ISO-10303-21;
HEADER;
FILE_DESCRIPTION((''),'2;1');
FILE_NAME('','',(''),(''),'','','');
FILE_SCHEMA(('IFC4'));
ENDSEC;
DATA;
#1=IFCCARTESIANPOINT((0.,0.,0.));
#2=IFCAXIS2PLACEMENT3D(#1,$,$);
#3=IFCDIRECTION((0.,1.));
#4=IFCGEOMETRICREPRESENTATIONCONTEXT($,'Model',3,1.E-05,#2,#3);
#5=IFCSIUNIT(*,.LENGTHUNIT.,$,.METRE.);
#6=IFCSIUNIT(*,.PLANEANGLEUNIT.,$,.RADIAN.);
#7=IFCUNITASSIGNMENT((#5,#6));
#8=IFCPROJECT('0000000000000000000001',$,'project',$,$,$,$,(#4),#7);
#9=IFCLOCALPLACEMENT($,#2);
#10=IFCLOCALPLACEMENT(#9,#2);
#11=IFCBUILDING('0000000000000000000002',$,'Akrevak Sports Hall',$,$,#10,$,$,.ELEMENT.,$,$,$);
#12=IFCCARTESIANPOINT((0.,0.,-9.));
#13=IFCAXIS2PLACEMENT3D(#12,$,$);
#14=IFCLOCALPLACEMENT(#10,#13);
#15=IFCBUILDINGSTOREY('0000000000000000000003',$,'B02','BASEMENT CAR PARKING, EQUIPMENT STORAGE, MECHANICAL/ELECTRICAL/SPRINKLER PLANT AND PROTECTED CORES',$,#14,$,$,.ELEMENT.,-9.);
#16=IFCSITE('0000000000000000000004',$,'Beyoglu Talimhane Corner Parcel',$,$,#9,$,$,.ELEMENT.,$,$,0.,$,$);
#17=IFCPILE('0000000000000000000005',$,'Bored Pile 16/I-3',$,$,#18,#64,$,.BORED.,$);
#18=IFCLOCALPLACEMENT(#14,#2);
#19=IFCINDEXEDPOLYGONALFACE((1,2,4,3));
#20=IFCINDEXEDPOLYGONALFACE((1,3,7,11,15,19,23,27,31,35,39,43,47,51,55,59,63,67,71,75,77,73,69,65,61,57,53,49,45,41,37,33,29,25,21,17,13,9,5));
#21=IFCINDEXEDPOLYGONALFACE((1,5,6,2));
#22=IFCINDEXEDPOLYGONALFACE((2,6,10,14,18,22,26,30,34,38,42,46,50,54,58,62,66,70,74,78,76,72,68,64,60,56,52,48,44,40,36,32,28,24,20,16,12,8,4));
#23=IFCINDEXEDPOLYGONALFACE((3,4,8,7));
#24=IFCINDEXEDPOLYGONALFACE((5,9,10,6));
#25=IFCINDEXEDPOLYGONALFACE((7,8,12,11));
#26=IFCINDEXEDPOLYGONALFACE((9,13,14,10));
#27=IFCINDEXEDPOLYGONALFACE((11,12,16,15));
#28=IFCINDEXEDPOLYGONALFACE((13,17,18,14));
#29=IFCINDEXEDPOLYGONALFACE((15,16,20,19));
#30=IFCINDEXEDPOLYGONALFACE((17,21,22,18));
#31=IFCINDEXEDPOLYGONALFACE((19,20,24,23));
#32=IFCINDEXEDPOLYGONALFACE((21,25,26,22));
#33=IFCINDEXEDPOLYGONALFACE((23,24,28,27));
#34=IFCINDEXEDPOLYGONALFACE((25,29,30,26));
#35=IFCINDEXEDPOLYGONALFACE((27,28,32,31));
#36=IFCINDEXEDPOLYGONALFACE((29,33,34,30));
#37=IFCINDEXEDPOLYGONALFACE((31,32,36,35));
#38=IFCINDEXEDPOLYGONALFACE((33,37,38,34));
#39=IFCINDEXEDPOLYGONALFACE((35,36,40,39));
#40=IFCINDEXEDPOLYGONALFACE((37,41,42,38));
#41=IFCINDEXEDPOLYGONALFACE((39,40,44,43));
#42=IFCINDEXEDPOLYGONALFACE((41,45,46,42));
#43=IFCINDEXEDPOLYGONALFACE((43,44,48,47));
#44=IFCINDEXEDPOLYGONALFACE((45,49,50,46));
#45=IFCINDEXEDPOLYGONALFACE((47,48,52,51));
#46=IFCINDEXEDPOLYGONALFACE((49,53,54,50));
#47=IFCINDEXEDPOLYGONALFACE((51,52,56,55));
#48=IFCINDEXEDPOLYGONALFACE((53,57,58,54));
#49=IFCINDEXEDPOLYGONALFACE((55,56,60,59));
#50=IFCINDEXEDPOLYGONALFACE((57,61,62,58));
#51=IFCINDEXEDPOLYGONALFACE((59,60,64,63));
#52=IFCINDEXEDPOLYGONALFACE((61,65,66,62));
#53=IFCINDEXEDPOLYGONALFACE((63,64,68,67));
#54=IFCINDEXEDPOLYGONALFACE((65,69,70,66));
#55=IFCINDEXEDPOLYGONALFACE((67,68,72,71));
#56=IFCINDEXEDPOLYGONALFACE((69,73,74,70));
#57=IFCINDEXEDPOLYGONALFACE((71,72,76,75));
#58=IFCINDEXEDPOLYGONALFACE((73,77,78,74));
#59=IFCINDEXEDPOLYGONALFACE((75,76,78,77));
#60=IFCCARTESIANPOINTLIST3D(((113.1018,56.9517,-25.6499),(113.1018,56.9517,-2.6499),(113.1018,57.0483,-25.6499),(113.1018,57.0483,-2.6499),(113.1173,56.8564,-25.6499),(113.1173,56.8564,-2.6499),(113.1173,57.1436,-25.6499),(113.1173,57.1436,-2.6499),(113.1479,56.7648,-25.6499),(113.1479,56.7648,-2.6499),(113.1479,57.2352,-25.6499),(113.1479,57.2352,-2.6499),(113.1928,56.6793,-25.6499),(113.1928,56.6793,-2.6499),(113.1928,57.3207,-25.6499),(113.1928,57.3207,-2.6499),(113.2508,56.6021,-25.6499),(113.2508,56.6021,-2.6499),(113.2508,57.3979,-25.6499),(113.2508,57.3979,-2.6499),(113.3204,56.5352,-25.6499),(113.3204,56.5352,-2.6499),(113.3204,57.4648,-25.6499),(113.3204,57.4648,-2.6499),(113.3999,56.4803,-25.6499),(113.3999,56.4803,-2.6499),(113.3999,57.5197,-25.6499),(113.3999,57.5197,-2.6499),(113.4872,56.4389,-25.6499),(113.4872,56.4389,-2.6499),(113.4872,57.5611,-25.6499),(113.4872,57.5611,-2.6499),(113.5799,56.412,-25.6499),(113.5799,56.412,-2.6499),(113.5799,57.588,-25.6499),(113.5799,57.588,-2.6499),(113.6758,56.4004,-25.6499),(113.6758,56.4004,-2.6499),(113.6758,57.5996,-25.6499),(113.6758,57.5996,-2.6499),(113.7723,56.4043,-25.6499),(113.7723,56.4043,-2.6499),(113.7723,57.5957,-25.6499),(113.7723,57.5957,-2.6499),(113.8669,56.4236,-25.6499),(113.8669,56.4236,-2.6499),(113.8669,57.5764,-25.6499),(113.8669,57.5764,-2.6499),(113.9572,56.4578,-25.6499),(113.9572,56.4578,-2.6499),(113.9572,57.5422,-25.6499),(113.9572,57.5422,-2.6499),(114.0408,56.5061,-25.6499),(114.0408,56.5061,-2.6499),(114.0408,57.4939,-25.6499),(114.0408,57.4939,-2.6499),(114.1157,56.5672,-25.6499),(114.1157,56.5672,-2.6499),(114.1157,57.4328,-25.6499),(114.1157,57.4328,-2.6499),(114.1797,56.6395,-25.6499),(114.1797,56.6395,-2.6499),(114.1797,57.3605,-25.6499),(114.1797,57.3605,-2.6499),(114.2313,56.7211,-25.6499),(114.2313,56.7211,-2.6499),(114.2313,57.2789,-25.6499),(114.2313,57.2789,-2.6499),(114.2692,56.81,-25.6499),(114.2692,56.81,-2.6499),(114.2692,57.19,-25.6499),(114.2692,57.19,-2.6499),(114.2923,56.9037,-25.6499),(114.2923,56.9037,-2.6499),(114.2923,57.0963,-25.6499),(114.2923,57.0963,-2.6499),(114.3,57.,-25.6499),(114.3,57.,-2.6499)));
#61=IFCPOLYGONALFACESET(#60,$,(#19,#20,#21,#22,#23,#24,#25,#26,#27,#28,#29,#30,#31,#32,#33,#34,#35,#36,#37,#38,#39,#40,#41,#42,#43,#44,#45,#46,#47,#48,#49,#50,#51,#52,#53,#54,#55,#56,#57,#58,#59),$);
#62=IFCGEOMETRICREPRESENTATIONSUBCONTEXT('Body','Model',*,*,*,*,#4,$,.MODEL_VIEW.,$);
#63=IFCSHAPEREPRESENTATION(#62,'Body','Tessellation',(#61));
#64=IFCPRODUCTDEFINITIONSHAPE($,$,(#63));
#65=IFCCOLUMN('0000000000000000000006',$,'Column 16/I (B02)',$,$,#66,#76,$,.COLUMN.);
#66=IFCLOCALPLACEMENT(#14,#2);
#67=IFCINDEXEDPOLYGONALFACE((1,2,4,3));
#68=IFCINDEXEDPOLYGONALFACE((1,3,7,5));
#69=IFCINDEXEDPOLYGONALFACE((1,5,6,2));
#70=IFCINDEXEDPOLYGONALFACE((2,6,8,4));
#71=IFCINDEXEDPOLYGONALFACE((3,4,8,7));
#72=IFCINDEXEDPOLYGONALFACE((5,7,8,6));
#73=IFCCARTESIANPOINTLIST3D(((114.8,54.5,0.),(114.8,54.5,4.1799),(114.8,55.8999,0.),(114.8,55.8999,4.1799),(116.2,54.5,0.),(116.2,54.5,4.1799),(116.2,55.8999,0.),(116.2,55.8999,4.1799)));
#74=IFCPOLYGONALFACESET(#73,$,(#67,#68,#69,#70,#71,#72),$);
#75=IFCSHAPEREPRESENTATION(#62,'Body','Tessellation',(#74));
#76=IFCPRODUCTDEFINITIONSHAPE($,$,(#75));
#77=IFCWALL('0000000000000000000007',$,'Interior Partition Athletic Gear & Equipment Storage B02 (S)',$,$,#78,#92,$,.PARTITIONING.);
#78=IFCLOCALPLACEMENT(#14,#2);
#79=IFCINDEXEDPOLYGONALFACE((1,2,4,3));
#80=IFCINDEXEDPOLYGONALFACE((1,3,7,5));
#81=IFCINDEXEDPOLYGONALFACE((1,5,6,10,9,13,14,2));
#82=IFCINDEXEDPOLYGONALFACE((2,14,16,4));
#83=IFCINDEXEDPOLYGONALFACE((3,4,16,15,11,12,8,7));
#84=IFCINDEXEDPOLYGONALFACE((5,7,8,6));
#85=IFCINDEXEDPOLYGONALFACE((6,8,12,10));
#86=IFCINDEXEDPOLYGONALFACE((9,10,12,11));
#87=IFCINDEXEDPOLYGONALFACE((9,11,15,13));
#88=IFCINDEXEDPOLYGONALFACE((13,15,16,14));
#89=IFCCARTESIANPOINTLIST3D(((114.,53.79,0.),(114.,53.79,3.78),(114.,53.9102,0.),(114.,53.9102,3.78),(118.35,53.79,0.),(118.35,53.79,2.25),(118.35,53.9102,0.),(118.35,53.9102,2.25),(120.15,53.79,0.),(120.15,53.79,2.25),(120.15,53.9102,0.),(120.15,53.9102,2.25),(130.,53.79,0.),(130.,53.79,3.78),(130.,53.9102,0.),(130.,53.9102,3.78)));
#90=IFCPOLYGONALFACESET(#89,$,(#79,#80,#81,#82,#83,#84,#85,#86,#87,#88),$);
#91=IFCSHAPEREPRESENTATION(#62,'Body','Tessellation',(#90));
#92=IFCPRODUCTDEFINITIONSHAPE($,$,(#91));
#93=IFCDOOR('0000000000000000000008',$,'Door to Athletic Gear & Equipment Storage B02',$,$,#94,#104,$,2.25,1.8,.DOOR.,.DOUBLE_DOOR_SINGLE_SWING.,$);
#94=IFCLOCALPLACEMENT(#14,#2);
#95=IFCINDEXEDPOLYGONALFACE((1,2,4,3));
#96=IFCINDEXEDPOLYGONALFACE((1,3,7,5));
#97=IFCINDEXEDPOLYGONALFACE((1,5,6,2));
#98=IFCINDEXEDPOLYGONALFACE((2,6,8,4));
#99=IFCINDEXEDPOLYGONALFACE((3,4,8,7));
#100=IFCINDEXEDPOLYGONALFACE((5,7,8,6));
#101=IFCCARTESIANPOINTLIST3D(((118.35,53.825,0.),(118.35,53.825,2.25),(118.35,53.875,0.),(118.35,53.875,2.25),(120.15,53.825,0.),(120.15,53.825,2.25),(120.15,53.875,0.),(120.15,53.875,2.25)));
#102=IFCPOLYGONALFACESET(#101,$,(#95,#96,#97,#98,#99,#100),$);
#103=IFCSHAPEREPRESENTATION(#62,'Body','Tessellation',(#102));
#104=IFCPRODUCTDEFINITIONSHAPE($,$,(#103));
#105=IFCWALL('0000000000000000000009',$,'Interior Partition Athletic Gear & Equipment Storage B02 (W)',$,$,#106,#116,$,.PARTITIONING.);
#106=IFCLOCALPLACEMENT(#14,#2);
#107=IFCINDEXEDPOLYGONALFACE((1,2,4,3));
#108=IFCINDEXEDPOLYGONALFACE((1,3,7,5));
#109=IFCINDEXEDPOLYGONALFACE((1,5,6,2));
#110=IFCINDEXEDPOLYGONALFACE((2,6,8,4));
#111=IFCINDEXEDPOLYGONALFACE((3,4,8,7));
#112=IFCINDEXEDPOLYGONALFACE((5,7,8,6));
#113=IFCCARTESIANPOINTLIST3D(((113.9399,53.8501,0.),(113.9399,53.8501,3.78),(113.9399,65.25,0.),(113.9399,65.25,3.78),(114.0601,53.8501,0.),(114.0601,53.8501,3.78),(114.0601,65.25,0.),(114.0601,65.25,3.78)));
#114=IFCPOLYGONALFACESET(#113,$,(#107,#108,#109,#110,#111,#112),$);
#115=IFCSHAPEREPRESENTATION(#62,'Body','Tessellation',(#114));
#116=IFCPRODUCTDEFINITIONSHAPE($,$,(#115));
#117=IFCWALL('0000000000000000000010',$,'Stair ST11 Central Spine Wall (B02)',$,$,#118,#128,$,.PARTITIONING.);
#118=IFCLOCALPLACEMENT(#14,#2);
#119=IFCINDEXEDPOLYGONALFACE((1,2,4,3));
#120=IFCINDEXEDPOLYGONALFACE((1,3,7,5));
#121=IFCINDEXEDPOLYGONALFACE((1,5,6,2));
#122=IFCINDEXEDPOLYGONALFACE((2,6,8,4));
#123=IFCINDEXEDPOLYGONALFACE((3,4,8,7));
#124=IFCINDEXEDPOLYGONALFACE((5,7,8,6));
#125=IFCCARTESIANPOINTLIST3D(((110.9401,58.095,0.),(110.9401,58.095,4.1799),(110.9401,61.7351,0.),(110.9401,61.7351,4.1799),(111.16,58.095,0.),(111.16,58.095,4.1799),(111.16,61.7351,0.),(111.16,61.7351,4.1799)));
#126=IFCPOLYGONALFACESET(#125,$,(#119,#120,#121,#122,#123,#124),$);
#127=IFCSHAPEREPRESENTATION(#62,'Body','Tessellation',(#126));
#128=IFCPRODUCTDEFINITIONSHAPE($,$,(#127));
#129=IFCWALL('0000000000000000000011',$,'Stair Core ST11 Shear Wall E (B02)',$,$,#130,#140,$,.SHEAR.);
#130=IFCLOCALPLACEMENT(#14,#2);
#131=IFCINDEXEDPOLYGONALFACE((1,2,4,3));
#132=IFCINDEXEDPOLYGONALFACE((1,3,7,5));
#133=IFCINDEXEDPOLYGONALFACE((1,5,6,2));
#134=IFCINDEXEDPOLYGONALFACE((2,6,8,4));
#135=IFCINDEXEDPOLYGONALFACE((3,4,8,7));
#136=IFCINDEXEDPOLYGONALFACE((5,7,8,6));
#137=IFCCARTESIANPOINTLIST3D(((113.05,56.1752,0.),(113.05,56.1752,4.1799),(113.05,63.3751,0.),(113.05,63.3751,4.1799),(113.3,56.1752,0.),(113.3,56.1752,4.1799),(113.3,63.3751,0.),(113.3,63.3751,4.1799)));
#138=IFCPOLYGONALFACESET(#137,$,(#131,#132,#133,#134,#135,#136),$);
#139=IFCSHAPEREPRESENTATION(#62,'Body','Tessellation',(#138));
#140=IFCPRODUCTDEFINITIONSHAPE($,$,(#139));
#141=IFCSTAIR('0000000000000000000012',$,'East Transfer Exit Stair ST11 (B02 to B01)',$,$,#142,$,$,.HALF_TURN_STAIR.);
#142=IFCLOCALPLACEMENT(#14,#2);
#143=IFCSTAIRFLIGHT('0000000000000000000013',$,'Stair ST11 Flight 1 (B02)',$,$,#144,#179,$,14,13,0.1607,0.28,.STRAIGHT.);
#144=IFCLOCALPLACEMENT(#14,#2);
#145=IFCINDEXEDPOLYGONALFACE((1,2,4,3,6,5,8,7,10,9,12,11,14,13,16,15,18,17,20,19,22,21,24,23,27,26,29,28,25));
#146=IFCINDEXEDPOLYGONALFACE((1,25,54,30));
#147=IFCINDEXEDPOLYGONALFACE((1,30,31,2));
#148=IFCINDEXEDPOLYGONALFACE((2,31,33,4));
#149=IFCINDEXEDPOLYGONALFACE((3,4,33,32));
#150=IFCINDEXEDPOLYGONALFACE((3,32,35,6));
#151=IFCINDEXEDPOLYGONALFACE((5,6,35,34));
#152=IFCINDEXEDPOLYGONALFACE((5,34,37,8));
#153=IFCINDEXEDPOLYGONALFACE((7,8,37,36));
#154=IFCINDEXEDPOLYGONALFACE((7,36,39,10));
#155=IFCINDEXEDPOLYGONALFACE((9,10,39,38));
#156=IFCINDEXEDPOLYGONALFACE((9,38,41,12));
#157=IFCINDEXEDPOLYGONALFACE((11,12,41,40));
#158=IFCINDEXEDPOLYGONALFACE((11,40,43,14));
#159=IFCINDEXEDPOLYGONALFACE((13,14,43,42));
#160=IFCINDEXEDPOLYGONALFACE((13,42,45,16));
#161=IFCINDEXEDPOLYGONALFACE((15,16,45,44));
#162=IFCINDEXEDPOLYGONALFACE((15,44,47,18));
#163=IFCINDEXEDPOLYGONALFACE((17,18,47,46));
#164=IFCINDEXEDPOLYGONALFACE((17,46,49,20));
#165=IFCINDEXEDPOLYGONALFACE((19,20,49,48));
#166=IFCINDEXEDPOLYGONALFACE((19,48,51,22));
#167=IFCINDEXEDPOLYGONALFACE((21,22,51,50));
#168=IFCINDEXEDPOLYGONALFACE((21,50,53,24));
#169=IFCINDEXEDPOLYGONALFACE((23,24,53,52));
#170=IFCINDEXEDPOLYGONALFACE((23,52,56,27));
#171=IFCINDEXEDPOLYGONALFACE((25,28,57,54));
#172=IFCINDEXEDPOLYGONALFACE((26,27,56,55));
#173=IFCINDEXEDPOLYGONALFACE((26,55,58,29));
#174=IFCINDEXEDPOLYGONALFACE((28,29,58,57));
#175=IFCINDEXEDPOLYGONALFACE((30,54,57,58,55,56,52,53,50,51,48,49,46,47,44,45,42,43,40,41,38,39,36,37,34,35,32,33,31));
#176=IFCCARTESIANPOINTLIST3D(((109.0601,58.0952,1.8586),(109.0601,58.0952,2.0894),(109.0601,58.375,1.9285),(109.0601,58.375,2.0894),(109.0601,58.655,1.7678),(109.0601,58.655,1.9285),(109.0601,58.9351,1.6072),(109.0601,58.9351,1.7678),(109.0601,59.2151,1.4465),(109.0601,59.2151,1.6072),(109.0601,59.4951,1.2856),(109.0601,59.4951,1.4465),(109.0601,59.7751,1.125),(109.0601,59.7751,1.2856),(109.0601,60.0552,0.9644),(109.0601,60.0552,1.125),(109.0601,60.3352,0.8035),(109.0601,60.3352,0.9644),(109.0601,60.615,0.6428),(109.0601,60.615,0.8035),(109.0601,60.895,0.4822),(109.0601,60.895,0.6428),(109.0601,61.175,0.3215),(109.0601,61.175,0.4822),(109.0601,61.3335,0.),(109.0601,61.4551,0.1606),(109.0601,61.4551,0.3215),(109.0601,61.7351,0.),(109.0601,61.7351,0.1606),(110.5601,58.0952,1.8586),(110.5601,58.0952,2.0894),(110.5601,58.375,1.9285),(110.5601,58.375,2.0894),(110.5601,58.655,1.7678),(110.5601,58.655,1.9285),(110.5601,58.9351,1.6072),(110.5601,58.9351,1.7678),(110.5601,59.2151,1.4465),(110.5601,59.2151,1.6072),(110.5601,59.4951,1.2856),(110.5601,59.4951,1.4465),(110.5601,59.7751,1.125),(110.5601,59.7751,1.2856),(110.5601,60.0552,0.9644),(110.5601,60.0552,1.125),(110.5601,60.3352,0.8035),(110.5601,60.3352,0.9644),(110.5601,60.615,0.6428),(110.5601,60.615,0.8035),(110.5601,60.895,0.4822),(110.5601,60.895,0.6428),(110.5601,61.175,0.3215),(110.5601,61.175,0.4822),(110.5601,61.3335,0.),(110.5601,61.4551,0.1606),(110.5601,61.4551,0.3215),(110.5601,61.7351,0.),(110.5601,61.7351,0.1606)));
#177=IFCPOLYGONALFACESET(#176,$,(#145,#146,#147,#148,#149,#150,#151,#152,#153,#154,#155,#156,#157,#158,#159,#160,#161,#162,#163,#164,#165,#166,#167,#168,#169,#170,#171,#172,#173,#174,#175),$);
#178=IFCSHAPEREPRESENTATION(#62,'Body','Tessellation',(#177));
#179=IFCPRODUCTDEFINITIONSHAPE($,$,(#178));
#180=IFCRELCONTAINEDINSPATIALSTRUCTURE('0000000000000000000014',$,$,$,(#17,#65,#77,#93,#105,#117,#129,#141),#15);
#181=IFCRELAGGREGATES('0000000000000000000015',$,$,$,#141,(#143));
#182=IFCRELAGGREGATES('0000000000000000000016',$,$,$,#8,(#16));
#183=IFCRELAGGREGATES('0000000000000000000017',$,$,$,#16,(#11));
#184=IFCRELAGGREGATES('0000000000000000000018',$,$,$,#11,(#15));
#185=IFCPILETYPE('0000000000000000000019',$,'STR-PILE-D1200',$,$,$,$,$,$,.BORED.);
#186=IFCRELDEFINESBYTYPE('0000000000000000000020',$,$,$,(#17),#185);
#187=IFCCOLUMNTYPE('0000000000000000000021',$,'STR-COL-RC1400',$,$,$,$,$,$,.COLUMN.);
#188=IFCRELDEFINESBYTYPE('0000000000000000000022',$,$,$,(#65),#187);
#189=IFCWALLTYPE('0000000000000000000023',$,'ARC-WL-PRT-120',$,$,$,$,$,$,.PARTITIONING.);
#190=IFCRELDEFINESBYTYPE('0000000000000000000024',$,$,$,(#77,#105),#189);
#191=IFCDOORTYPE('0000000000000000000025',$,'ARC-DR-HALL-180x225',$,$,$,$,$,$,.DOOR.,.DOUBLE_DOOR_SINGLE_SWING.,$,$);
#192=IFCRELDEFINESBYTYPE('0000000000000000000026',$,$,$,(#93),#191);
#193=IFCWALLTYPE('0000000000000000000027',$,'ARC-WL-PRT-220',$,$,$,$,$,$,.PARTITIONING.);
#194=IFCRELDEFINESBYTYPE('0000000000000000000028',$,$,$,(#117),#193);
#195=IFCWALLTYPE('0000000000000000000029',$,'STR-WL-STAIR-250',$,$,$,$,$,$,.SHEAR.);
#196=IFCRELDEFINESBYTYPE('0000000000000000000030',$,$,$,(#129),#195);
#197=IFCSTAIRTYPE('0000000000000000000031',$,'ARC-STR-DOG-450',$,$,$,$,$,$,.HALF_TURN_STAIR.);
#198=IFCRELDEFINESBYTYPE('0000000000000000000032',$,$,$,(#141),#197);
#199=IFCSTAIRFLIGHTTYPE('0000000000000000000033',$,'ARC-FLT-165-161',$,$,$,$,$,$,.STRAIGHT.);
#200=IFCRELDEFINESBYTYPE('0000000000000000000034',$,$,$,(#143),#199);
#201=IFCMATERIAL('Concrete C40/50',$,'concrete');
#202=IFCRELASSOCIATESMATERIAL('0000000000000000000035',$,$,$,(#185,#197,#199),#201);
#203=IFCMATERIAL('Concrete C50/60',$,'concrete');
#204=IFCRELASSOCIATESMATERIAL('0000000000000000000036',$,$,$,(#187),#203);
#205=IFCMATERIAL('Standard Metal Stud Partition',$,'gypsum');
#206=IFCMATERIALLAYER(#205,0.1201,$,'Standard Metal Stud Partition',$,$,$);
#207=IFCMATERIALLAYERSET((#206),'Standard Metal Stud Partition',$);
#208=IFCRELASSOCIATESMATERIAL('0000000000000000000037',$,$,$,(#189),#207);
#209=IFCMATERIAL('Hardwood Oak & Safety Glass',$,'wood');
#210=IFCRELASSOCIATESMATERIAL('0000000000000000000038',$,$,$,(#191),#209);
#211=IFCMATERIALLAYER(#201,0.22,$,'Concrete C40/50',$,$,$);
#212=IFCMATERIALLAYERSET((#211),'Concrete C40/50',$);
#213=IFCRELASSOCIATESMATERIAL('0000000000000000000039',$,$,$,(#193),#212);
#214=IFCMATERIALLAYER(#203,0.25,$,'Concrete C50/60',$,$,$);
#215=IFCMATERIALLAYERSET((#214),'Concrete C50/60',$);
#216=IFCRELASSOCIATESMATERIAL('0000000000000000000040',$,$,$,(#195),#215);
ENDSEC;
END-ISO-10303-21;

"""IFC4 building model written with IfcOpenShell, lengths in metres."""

from ifc_helpers import new_model, si_unit, direction, frame, frame_2d, origin, origin_2d, place, context, subcontext, project, spatial, polyline, rectangle, circle, outline, extrude, material, layer, layer_set, material_profile, profile_set, type_object, element, fill, aggregate, save


model = new_model("IFC4")

# Units and contexts
model_context = context("Model", 3, precision=1e-05, world=origin(), true_north=direction((0.0, 1.0)))
body_context = subcontext(model_context, "Body", "Model", "MODEL_VIEW")
ifc_project = project(units=[si_unit("LENGTHUNIT", "METRE"), si_unit("PLANEANGLEUNIT", "RADIAN")], contexts=[model_context])

# Site, building, storey
site_placement = place(None, origin())
site = spatial("IfcSite", under=ifc_project, at=site_placement, Name="Beyoglu Talimhane Corner Parcel", CompositionType="ELEMENT", RefElevation=0.0)
building_placement = place(site_placement, origin())
building = spatial("IfcBuilding", under=site, at=building_placement, Name="Akrevak Sports Hall", CompositionType="ELEMENT")
storey_placement = place(building_placement, frame((0.0, 0.0, -9.0)))
storey = spatial("IfcBuildingStorey", under=building, at=storey_placement, Name="B02", Description="BASEMENT CAR PARKING, EQUIPMENT STORAGE, MECHANICAL/ELECTRICAL/SPRINKLER PLANT AND PROTECTED CORES", CompositionType="ELEMENT", Elevation=-9.0)

# Shared definitions
ifc_material_1 = material(Name="Concrete C40/50", Category="concrete")

# Pile
ifc_material_profile_1 = material_profile(ifc_material_1, circle(Radius=0.6001, at=origin_2d()), Name="BORED PILE D1200", Category="concrete")
ifc_profile_set_1 = profile_set([ifc_material_profile_1], Name="Concrete C40/50")
pile_type_1 = type_object("IfcPileType", Name="STR-PILE-D1200", PredefinedType="BORED", material=ifc_profile_set_1)
for number, where, z_axis, x_axis, name in (
    (1, (113.7, 57.0, -2.6499), (0.0, 0.0, -1.0), (1.0, 0.0, 0.0), "Bored Pile 16/I-3"),
):
    element("IfcPile", number, at=place(storey_placement, frame(where, z_axis=z_axis, x_axis=x_axis)), inside=storey, type_object=pile_type_1, Name=name, PredefinedType="BORED", context=body_context, shape_type="SweptSolid", body=[
        extrude(circle(Radius=0.6001, at=origin_2d()), origin(), (0.0, 0.0, 1.0), 23.0),
    ])

# Column
ifc_material_2 = material(Name="Concrete C50/60", Category="concrete")
ifc_material_profile_2 = material_profile(ifc_material_2, rectangle(XDim=1.3999, YDim=1.3999, at=origin_2d()), Name="RC 1400x1400", Category="concrete")
ifc_profile_set_2 = profile_set([ifc_material_profile_2], Name="Concrete C50/60")
column_type = type_object("IfcColumnType", Name="STR-COL-RC1400", PredefinedType="COLUMN", material=ifc_profile_set_2)
column_placement = place(storey_placement, frame((115.5, 55.2, 0.0), z_axis=(0.0, 0.0, 1.0), x_axis=(1.0, 0.0, 0.0)))
element("IfcColumn", 2, at=column_placement, inside=storey, type_object=column_type, Name="Column 16/I (B02)", PredefinedType="COLUMN", context=body_context, shape_type="SweptSolid", body=[
    extrude(rectangle(XDim=1.3999, YDim=1.3999, at=origin_2d()), origin(), (0.0, 0.0, 1.0), 4.1799),
])

# Wall, opening, door
ifc_material_3 = material(Name="Standard Metal Stud Partition", Category="gypsum")
ifc_layer_1 = layer(ifc_material_3, 0.1201, Name="Standard Metal Stud Partition")
ifc_layer_set_1 = layer_set([ifc_layer_1], Name="Standard Metal Stud Partition")
wall_type_1 = type_object("IfcWallType", Name="ARC-WL-PRT-120", PredefinedType="PARTITIONING", material=ifc_layer_set_1)
wall_1_placement = place(storey_placement, frame((114.0, 53.8501, 0.0), z_axis=(0.0, 0.0, 1.0), x_axis=(1.0, 0.0, 0.0)))
wall_1 = element("IfcWall", 3, at=wall_1_placement, inside=storey, type_object=wall_type_1, Name="Interior Partition Athletic Gear & Equipment Storage B02 (S)", PredefinedType="PARTITIONING", context=body_context, shape_type="SweptSolid", body=[
    extrude(rectangle(XDim=16.0, YDim=0.1201, at=frame_2d((8.0, 0.0))), origin(), (0.0, 0.0, 1.0), 3.78),
])
opening_placement = place(wall_1_placement, frame((4.3501, 0.0, 0.0)))
opening = element("IfcOpeningElement", 4, at=opening_placement, cuts=wall_1, PredefinedType="OPENING", context=body_context, shape_type="SweptSolid", body=[
    extrude(rectangle(XDim=1.8, YDim=2.25, at=frame_2d((0.8999, 1.125))), frame((0.0, 0.072, 0.0), z_axis=(0.0, -1.0, 0.0), x_axis=(1.0, 0.0, 0.0)), (0.0, 0.0, 1.0), 0.144),
])
ifc_material_4 = material(Name="Hardwood Oak & Safety Glass", Category="wood")
door_type = type_object("IfcDoorType", Name="ARC-DR-HALL-180x225", OperationType="DOUBLE_DOOR_SINGLE_SWING", PredefinedType="DOOR", material=ifc_material_4)
door_placement = place(opening_placement, origin())
door = element("IfcDoor", 5, at=door_placement, inside=storey, type_object=door_type, Name="Door to Athletic Gear & Equipment Storage B02", OperationType="DOUBLE_DOOR_SINGLE_SWING", OverallHeight=2.25, OverallWidth=1.8, PredefinedType="DOOR", context=body_context, shape_type="SweptSolid", body=[
    extrude(rectangle(XDim=1.8, YDim=2.25, at=frame_2d((0.8999, 1.125))), frame((0.0, 0.0249, 0.0), z_axis=(0.0, -1.0, 0.0), x_axis=(1.0, 0.0, 0.0)), (0.0, 0.0, 1.0), 0.05),
])
fill(opening, door)

# Walls
wall_2_placement = place(storey_placement, frame((114.0, 53.8501, 0.0), z_axis=(0.0, 0.0, 1.0), x_axis=(0.0, 1.0, 0.0)))
element("IfcWall", 6, at=wall_2_placement, inside=storey, type_object=wall_type_1, Name="Interior Partition Athletic Gear & Equipment Storage B02 (W)", PredefinedType="PARTITIONING", context=body_context, shape_type="SweptSolid", body=[
    extrude(rectangle(XDim=11.3999, YDim=0.1201, at=frame_2d((5.7, 0.0))), origin(), (0.0, 0.0, 1.0), 3.78),
])
ifc_layer_2 = layer(ifc_material_1, 0.22, Name="Concrete C40/50")
ifc_layer_set_2 = layer_set([ifc_layer_2], Name="Concrete C40/50")
wall_type_2 = type_object("IfcWallType", Name="ARC-WL-PRT-220", PredefinedType="PARTITIONING", material=ifc_layer_set_2)
wall_3_placement = place(storey_placement, frame((111.05, 58.095, 0.0), z_axis=(0.0, 0.0, 1.0), x_axis=(0.0, 1.0, 0.0)))
element("IfcWall", 7, at=wall_3_placement, inside=storey, type_object=wall_type_2, Name="Stair ST11 Central Spine Wall (B02)", PredefinedType="PARTITIONING", context=body_context, shape_type="SweptSolid", body=[
    extrude(rectangle(XDim=3.6401, YDim=0.22, at=frame_2d((1.8201, 0.0))), origin(), (0.0, 0.0, 1.0), 4.1799),
])
ifc_layer_3 = layer(ifc_material_2, 0.25, Name="Concrete C50/60")
ifc_layer_set_3 = layer_set([ifc_layer_3], Name="Concrete C50/60")
wall_type_3 = type_object("IfcWallType", Name="STR-WL-STAIR-250", PredefinedType="SHEAR", material=ifc_layer_set_3)
wall_4_placement = place(storey_placement, frame((113.175, 56.175, 0.0), z_axis=(0.0, 0.0, 1.0), x_axis=(0.0, 1.0, 0.0)))
element("IfcWall", 8, at=wall_4_placement, inside=storey, type_object=wall_type_3, Name="Stair Core ST11 Shear Wall E (B02)", PredefinedType="SHEAR", context=body_context, shape_type="SweptSolid", body=[
    extrude(rectangle(XDim=7.2, YDim=0.25, at=frame_2d((3.6001, 0.0))), origin(), (0.0, 0.0, 1.0), 4.1799),
])

# Stair, stair flight
stair_type = type_object("IfcStairType", Name="ARC-STR-DOG-450", PredefinedType="HALF_TURN_STAIR", material=ifc_material_1)
stair_placement = place(storey_placement, origin())
stair = element("IfcStair", 9, at=stair_placement, inside=storey, type_object=stair_type, Name="East Transfer Exit Stair ST11 (B02 to B01)", PredefinedType="HALF_TURN_STAIR")
stair_flight_type = type_object("IfcStairFlightType", Name="ARC-FLT-165-161", PredefinedType="STRAIGHT", material=ifc_material_1)
stair_flight_1_placement = place(storey_placement, frame((109.8101, 61.7351, 0.0), z_axis=(0.0, 0.0, 1.0), x_axis=(0.0, -1.0, 0.0)))
stair_flight_1 = element("IfcStairFlight", 10, at=stair_flight_1_placement, type_object=stair_flight_type, Name="Stair ST11 Flight 1 (B02)", NumberOfRisers=14, NumberOfTreads=13, PredefinedType="STRAIGHT", RiserHeight=0.1607, TreadLength=0.28, context=body_context, shape_type="SweptSolid", body=[
    extrude(outline(polyline([(0.0, 0.0), (0.0, 0.1606), (0.28, 0.1606), (0.28, 0.3215), (0.5601, 0.3215), (0.5601, 0.4822), (0.8401, 0.4822), (0.8401, 0.6428), (1.1201, 0.6428), (1.1201, 0.8035), (1.3999, 0.8035), (1.3999, 0.9644), (1.6799, 0.9644), (1.6799, 1.125), (1.96, 1.125), (1.96, 1.2856), (2.24, 1.2856), (2.24, 1.4465), (2.52, 1.4465), (2.52, 1.6072), (2.8, 1.6072), (2.8, 1.7678), (3.0801, 1.7678), (3.0801, 1.9285), (3.3601, 1.9285), (3.3601, 2.0894), (3.6399, 2.0894), (3.6399, 2.25), (3.6399, 1.8586), (0.4016, 0.0), (0.0, 0.0)])), frame((0.0, 0.75, 0.0), z_axis=(0.0, -1.0, 0.0), x_axis=(1.0, 0.0, 0.0)), (0.0, 0.0, 1.0), 1.5),
])
aggregate(stair, [stair_flight_1])

save(model, "model.ifc")
